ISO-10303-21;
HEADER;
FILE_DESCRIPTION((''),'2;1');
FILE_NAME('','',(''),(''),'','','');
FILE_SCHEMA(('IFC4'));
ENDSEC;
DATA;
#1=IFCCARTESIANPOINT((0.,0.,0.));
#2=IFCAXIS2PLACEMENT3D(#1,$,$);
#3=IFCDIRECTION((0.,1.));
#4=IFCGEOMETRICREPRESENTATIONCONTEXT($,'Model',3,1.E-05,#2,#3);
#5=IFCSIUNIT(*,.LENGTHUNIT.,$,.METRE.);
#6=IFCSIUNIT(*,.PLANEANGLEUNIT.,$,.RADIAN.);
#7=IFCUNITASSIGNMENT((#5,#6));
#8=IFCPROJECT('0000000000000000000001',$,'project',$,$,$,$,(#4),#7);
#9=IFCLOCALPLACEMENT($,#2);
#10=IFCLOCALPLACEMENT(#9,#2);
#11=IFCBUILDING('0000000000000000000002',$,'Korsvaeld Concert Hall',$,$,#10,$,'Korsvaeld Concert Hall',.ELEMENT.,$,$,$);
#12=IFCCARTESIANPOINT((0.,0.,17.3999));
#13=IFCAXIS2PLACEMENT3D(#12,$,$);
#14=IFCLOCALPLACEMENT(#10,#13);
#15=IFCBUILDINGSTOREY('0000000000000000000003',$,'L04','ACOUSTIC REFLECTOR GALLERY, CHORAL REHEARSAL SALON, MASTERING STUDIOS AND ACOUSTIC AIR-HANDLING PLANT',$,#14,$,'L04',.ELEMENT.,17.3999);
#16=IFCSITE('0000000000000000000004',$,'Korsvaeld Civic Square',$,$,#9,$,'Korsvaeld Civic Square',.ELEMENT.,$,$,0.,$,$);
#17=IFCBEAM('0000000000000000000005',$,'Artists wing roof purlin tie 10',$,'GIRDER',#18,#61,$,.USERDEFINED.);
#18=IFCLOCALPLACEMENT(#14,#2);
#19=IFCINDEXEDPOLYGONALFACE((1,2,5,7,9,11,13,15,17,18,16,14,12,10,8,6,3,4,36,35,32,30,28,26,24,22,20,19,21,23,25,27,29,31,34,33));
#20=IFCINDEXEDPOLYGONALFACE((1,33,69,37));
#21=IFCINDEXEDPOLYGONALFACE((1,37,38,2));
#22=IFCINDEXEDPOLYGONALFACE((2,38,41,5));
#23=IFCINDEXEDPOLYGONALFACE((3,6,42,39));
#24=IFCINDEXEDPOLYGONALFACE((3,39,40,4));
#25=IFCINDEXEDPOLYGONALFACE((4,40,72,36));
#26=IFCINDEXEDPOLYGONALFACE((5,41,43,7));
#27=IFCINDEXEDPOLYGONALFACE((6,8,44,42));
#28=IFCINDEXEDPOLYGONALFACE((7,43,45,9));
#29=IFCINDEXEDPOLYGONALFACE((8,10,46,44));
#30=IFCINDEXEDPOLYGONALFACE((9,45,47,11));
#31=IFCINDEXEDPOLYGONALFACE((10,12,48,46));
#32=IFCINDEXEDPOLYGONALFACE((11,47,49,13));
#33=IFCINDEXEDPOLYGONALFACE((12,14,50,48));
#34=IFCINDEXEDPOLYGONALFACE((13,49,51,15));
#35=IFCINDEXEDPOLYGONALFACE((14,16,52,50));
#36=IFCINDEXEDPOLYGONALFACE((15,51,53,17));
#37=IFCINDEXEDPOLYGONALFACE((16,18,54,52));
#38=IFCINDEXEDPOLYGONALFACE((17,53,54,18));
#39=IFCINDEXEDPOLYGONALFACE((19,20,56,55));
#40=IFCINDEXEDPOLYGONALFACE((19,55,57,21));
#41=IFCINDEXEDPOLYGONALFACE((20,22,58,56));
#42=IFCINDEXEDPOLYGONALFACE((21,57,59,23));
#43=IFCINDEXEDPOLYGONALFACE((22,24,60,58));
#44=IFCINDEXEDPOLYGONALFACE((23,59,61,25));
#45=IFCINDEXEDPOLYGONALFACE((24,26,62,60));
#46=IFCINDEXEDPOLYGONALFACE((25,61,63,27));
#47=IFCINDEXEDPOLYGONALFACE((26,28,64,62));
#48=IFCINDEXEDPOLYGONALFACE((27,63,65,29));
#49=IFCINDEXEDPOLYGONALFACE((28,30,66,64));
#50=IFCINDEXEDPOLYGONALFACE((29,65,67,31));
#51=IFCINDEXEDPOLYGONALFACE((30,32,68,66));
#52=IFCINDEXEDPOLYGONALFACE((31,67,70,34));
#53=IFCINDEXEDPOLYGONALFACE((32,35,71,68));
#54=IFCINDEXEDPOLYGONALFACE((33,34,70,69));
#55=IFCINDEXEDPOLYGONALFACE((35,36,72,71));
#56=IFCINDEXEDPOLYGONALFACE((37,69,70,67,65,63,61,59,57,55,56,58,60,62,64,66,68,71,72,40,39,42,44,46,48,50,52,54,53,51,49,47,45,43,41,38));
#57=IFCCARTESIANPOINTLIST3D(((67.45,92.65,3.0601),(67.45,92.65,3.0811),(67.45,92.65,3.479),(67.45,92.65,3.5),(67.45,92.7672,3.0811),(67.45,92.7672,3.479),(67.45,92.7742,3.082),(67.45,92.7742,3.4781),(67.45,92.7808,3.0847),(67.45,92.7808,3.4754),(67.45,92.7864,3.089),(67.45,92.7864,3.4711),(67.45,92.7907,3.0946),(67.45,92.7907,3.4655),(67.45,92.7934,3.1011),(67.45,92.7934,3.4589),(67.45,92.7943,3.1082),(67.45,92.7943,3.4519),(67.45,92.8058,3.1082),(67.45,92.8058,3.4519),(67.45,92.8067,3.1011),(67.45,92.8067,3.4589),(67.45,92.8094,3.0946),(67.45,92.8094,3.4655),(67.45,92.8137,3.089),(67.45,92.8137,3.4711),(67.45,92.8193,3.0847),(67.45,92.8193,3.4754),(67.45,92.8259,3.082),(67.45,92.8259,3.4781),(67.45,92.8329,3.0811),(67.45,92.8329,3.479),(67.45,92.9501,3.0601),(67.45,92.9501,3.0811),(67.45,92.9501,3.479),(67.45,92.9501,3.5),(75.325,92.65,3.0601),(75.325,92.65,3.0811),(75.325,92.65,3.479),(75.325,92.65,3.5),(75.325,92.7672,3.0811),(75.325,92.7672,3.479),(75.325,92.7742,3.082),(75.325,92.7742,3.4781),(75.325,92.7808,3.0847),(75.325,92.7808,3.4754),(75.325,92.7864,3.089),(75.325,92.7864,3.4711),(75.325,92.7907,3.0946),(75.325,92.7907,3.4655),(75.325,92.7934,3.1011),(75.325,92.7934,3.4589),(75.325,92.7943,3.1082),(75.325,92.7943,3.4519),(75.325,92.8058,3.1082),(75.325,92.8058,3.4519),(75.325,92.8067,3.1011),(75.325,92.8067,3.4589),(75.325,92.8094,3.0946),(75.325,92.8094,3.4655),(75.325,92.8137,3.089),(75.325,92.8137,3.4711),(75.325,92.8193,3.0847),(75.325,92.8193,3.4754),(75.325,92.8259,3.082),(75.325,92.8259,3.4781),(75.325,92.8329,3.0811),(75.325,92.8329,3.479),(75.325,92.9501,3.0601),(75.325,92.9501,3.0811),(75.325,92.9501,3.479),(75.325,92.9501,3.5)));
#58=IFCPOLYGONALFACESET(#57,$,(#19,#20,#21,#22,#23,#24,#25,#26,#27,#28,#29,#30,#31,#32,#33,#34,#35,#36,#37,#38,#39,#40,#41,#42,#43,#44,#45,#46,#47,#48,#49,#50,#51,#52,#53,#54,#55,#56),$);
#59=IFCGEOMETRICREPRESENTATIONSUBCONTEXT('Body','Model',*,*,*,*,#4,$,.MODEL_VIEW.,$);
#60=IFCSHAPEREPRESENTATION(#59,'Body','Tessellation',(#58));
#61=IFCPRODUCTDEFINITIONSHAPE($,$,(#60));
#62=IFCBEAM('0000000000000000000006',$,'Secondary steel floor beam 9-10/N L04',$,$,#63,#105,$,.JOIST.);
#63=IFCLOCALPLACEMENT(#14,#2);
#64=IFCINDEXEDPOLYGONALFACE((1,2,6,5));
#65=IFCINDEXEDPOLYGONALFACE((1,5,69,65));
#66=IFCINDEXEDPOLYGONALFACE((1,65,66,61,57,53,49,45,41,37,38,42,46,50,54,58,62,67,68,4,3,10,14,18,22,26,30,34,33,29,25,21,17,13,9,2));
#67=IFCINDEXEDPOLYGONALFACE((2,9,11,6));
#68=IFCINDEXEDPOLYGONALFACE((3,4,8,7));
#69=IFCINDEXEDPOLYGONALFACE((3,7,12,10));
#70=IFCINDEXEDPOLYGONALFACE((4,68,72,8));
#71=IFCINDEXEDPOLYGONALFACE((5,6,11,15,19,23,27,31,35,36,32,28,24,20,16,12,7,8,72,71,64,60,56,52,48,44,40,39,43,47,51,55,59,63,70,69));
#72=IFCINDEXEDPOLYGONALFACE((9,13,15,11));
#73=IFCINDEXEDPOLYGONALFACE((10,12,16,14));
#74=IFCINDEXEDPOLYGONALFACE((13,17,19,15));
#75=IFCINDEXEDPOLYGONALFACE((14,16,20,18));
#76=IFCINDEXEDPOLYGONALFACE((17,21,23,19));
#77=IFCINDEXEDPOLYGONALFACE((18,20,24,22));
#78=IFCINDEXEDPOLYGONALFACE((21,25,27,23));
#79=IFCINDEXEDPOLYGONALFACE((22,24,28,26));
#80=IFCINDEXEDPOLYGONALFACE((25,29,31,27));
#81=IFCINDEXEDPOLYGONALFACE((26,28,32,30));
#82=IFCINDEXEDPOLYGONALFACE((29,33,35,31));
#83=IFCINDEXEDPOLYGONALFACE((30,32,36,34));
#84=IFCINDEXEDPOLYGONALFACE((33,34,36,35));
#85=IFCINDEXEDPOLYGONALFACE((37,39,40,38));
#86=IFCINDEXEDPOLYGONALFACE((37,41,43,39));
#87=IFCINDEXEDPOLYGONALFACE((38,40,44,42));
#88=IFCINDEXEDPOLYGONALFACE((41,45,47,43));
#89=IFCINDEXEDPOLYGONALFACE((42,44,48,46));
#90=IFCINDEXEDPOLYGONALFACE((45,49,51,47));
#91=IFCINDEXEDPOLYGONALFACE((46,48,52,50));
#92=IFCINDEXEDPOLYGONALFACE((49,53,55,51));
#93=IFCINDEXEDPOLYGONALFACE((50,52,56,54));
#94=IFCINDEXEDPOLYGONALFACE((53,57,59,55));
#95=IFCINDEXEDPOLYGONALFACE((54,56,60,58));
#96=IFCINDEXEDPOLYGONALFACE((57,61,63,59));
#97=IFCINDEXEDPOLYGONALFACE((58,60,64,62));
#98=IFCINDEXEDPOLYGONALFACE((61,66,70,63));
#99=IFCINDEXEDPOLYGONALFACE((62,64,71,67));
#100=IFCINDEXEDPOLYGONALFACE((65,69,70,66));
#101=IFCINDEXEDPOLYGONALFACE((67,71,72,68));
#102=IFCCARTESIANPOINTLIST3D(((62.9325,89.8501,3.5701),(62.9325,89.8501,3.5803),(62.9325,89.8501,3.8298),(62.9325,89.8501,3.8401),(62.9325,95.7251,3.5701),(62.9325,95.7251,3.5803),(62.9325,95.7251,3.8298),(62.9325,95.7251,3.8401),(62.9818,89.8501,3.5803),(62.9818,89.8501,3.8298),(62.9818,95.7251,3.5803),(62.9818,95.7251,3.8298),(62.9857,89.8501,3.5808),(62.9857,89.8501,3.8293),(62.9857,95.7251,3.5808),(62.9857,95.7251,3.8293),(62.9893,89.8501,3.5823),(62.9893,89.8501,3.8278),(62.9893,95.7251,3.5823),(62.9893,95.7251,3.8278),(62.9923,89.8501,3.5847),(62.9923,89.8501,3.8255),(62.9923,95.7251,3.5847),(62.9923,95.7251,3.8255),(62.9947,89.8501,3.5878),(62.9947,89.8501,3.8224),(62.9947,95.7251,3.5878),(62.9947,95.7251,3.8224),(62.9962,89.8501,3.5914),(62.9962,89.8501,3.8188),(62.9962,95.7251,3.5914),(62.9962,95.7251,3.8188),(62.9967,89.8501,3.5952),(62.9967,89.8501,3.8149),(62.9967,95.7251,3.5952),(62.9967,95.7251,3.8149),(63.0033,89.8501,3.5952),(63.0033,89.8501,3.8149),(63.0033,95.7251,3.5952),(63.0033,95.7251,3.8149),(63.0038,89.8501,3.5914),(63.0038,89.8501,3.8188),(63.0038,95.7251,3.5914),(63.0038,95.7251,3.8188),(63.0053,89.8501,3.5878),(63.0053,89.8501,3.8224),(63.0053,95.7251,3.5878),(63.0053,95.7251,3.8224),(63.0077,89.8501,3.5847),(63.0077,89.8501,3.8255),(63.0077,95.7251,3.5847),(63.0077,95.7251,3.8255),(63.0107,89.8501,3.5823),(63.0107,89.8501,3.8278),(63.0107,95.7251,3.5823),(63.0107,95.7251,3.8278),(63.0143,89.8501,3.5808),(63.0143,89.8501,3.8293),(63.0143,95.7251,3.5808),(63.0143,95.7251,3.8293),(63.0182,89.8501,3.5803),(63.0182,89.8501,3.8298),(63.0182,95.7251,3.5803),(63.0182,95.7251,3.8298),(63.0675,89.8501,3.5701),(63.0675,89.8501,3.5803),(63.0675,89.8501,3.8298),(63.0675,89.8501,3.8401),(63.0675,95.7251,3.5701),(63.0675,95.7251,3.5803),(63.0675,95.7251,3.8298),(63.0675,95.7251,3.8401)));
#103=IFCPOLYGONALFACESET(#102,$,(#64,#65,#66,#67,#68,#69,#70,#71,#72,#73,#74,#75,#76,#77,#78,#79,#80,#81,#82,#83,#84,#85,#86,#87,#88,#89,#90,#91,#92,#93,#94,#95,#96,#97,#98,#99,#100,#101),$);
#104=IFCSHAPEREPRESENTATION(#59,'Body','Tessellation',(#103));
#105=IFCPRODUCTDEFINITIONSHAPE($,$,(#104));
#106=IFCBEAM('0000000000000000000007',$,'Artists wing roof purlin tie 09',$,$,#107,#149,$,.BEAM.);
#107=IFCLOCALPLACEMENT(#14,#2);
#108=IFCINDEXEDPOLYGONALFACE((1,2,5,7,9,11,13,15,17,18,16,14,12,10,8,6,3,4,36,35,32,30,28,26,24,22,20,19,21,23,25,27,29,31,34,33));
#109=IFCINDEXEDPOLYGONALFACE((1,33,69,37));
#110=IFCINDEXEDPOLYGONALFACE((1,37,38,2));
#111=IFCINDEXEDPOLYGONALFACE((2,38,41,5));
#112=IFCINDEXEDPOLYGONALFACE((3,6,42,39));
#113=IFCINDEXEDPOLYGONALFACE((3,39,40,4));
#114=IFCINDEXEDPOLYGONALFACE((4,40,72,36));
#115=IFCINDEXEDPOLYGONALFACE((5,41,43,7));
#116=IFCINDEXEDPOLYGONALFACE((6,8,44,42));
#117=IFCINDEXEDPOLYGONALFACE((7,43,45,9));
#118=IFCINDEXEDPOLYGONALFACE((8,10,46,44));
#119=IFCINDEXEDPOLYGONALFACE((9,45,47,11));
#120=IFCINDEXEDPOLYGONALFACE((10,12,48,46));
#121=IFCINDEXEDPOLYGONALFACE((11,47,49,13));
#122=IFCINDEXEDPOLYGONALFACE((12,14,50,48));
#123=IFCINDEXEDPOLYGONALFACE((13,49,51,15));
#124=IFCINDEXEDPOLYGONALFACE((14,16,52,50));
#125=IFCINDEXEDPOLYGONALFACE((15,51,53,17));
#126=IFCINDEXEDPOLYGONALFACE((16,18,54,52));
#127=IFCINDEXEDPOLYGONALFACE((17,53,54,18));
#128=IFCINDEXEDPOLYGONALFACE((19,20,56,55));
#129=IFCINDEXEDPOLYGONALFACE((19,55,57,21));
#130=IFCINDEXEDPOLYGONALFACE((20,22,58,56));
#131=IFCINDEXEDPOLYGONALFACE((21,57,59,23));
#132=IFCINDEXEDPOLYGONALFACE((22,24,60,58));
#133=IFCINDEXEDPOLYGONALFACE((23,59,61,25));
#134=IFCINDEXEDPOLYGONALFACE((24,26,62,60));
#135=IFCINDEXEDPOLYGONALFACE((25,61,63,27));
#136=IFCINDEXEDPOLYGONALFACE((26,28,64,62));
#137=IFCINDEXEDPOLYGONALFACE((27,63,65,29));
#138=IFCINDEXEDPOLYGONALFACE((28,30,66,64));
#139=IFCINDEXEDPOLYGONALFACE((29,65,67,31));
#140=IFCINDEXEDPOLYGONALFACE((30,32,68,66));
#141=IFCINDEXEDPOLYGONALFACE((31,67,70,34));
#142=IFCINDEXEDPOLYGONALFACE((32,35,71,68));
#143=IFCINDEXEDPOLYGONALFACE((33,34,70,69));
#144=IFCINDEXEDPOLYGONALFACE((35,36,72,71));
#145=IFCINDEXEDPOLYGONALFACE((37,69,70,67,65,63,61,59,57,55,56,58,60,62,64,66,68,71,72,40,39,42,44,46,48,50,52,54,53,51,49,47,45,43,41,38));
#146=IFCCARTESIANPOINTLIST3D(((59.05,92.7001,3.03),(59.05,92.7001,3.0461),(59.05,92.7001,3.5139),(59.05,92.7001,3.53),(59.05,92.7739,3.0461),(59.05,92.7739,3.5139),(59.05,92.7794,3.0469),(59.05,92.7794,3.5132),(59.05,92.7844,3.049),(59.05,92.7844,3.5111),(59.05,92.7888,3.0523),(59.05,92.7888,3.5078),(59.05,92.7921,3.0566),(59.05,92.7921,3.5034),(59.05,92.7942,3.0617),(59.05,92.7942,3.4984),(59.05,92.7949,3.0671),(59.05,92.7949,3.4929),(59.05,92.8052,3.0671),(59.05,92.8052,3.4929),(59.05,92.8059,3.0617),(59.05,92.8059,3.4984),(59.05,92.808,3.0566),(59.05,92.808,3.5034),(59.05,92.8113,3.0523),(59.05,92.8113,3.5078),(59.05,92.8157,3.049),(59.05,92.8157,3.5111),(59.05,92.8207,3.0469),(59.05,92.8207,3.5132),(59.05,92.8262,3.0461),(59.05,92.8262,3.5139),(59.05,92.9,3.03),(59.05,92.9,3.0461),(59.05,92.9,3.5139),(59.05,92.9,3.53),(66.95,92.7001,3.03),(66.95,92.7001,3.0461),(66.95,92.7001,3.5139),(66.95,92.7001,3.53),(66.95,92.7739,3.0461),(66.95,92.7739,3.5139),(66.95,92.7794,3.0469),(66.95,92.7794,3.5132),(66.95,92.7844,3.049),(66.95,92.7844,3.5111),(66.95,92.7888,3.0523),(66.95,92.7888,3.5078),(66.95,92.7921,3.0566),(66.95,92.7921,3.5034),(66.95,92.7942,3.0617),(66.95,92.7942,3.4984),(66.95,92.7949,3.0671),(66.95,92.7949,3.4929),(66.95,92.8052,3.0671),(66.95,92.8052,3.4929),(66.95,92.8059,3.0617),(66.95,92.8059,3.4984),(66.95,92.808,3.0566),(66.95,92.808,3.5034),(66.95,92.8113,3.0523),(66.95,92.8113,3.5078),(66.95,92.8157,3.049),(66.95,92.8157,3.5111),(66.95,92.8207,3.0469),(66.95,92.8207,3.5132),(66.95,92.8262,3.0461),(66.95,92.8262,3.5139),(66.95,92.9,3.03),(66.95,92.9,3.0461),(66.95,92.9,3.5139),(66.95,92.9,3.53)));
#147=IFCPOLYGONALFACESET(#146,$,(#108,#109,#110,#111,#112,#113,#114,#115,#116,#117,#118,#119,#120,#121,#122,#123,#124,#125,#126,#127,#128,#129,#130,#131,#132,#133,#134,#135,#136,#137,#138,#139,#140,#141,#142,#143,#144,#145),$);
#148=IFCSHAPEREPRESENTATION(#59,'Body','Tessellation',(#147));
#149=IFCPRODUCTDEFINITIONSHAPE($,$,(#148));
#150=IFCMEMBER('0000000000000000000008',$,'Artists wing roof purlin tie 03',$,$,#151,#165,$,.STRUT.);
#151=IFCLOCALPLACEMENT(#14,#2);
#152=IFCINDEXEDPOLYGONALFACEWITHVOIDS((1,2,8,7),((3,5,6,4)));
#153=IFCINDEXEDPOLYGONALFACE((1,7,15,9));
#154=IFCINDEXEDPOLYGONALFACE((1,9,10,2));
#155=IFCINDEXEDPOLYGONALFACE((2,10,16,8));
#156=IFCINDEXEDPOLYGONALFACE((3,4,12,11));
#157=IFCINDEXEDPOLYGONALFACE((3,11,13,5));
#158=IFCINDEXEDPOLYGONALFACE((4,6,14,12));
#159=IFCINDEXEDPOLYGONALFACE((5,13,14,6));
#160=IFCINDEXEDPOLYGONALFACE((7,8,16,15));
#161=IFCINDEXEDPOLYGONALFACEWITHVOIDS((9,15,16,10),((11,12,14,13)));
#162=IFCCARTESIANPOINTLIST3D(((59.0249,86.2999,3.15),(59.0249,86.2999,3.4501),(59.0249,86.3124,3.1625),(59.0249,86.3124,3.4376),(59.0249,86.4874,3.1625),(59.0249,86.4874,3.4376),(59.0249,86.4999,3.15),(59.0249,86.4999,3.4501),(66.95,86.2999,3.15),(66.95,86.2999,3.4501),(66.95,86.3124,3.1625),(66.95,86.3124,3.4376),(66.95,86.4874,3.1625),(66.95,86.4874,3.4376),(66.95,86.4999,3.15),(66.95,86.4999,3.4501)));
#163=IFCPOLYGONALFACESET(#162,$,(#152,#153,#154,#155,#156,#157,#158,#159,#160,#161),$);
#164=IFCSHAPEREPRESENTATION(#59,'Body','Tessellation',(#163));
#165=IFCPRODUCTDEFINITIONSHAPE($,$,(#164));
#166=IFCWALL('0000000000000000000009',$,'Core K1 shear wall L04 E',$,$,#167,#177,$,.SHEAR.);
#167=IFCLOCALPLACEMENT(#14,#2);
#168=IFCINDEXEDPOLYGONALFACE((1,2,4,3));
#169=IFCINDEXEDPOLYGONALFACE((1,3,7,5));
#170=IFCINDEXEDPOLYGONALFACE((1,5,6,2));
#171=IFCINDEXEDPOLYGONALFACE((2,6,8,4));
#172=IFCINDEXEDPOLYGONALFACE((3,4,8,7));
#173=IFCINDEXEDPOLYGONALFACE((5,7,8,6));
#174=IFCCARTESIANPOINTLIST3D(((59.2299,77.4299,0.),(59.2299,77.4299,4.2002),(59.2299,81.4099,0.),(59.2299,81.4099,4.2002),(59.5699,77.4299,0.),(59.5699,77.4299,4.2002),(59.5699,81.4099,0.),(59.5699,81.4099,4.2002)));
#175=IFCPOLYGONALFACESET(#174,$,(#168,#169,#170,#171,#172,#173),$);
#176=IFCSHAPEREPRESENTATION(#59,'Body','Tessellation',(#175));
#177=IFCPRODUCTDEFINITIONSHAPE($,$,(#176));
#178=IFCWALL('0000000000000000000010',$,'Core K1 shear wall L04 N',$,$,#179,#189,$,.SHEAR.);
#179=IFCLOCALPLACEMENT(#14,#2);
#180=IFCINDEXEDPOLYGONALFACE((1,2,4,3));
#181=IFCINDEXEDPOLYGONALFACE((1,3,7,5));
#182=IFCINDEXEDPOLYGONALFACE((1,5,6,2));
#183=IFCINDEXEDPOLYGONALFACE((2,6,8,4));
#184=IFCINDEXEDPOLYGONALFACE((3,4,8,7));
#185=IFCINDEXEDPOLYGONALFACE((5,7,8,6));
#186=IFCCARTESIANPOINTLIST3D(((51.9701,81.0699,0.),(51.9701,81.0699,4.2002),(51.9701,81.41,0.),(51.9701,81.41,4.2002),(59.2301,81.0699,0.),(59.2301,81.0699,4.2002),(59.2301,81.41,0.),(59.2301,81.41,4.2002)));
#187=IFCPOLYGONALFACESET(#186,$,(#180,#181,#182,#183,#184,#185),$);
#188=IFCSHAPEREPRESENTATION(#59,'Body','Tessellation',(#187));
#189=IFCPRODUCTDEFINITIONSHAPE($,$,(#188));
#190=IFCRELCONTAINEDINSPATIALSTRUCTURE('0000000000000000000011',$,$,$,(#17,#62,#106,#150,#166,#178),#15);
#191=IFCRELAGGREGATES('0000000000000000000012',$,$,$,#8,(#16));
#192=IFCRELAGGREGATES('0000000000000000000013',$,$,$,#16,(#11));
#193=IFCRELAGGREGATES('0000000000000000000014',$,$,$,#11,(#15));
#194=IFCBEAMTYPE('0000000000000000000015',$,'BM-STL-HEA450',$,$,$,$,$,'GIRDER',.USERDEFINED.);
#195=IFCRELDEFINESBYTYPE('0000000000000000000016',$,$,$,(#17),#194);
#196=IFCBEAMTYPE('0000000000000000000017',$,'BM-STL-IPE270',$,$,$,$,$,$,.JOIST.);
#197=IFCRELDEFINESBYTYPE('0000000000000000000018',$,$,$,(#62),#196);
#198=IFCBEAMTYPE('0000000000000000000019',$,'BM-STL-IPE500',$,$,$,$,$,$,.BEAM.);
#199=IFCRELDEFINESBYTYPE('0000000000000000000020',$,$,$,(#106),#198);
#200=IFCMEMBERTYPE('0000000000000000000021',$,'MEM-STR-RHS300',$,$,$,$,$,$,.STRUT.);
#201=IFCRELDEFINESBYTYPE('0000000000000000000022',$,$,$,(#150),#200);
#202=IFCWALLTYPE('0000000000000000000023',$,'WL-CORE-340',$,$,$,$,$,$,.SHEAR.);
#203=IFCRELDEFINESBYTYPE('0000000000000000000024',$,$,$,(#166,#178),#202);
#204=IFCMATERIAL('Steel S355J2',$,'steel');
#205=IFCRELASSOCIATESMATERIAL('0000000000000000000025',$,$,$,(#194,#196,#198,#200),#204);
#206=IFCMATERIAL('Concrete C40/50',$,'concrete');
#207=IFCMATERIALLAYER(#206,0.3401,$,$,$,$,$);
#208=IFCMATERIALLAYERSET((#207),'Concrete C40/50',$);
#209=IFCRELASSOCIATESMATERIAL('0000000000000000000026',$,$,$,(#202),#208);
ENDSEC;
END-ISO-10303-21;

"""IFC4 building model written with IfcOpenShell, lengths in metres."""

from ifc_helpers import new_model, si_unit, direction, frame, frame_2d, origin, origin_2d, place, context, subcontext, project, spatial, rectangle, hollow_rectangle, i_section, extrude, material, layer, layer_set, material_profile, profile_set, type_object, element, save


model = new_model("IFC4")

# Units and contexts
model_context = context("Model", 3, precision=1e-05, world=origin(), true_north=direction((0.0, 1.0)))
body_context = subcontext(model_context, "Body", "Model", "MODEL_VIEW")
ifc_project = project(units=[si_unit("LENGTHUNIT", "METRE"), si_unit("PLANEANGLEUNIT", "RADIAN")], contexts=[model_context])

# Site, building, storey
site_placement = place(None, origin())
site = spatial("IfcSite", under=ifc_project, at=site_placement, Name="Korsvaeld Civic Square", LongName="Korsvaeld Civic Square", CompositionType="ELEMENT", RefElevation=0.0)
building_placement = place(site_placement, origin())
building = spatial("IfcBuilding", under=site, at=building_placement, Name="Korsvaeld Concert Hall", LongName="Korsvaeld Concert Hall", CompositionType="ELEMENT")
storey_placement = place(building_placement, frame((0.0, 0.0, 17.3999)))
storey = spatial("IfcBuildingStorey", under=building, at=storey_placement, Name="L04", Description="ACOUSTIC REFLECTOR GALLERY, CHORAL REHEARSAL SALON, MASTERING STUDIOS AND ACOUSTIC AIR-HANDLING PLANT", LongName="L04", CompositionType="ELEMENT", Elevation=17.3999)

# Shared definitions
ifc_material_1 = material(Name="Concrete C40/50", Category="concrete")

# Beams
ifc_material_2 = material(Name="Steel S355J2", Category="steel")
ifc_material_profile_1 = material_profile(ifc_material_2, i_section(OverallWidth=0.3, OverallDepth=0.4399, WebThickness=0.0115, FlangeThickness=0.021, FilletRadius=0.0271, at=origin_2d()), Name="HEA 450")
ifc_profile_set_1 = profile_set([ifc_material_profile_1], Name="Steel S355J2")
beam_type_1 = type_object("IfcBeamType", Name="BM-STL-HEA450", ElementType="GIRDER", PredefinedType="USERDEFINED", material=ifc_profile_set_1)
beam_1_placement = place(storey_placement, frame((67.45, 92.8, 3.28), z_axis=(1.0, 0.0, 0.0), x_axis=(0.0, 1.0, 0.0)))
element("IfcBeam", 1, at=beam_1_placement, inside=storey, type_object=beam_type_1, Name="Artists wing roof purlin tie 10", ObjectType="GIRDER", PredefinedType="USERDEFINED", context=body_context, shape_type="SweptSolid", body=[
    extrude(i_section(OverallWidth=0.3, OverallDepth=0.4399, WebThickness=0.0115, FlangeThickness=0.021, FilletRadius=0.0271, at=origin_2d()), origin(), (0.0, 0.0, 1.0), 7.875),
])
ifc_material_profile_2 = material_profile(ifc_material_2, i_section(OverallWidth=0.135, OverallDepth=0.27, WebThickness=0.0066, FlangeThickness=0.0103, FilletRadius=0.0149, at=origin_2d()), Name="IPE 270")
ifc_profile_set_2 = profile_set([ifc_material_profile_2], Name="Steel S355J2")
beam_type_2 = type_object("IfcBeamType", Name="BM-STL-IPE270", PredefinedType="JOIST", material=ifc_profile_set_2)
beam_2_placement = place(storey_placement, frame((63.0, 89.8501, 3.7051), z_axis=(0.0, 1.0, 0.0), x_axis=(-1.0, 0.0, 0.0)))
element("IfcBeam", 2, at=beam_2_placement, inside=storey, type_object=beam_type_2, Name="Secondary steel floor beam 9-10/N L04", PredefinedType="JOIST", context=body_context, shape_type="SweptSolid", body=[
    extrude(i_section(OverallWidth=0.135, OverallDepth=0.27, WebThickness=0.0066, FlangeThickness=0.0103, FilletRadius=0.0149, at=origin_2d()), origin(), (0.0, 0.0, 1.0), 5.875),
])
ifc_material_profile_3 = material_profile(ifc_material_2, i_section(OverallWidth=0.2, OverallDepth=0.5, WebThickness=0.0103, FlangeThickness=0.0161, FilletRadius=0.021, at=origin_2d()), Name="IPE 500")
ifc_profile_set_3 = profile_set([ifc_material_profile_3], Name="Steel S355J2")
beam_type_3 = type_object("IfcBeamType", Name="BM-STL-IPE500", PredefinedType="BEAM", material=ifc_profile_set_3)
beam_3_placement = place(storey_placement, frame((59.05, 92.8, 3.28), z_axis=(1.0, 0.0, 0.0), x_axis=(0.0, 1.0, 0.0)))
element("IfcBeam", 3, at=beam_3_placement, inside=storey, type_object=beam_type_3, Name="Artists wing roof purlin tie 09", PredefinedType="BEAM", context=body_context, shape_type="SweptSolid", body=[
    extrude(i_section(OverallWidth=0.2, OverallDepth=0.5, WebThickness=0.0103, FlangeThickness=0.0161, FilletRadius=0.021, at=origin_2d()), origin(), (0.0, 0.0, 1.0), 7.8999),
])

# Member
ifc_material_profile_4 = material_profile(ifc_material_2, hollow_rectangle(XDim=0.2, YDim=0.3, WallThickness=0.0125, at=origin_2d()), Name="RHS 300x200x12.5")
ifc_profile_set_4 = profile_set([ifc_material_profile_4], Name="Steel S355J2")
member_type = type_object("IfcMemberType", Name="MEM-STR-RHS300", PredefinedType="STRUT", material=ifc_profile_set_4)
member_placement = place(storey_placement, frame((59.0249, 86.3999, 3.3), z_axis=(1.0, 0.0, 0.0), x_axis=(0.0, 1.0, 0.0)))
element("IfcMember", 4, at=member_placement, inside=storey, type_object=member_type, Name="Artists wing roof purlin tie 03", PredefinedType="STRUT", context=body_context, shape_type="SweptSolid", body=[
    extrude(hollow_rectangle(XDim=0.2, YDim=0.3, WallThickness=0.0125, at=origin_2d()), origin(), (0.0, 0.0, 1.0), 7.925),
])

# Walls
ifc_layer_1 = layer(ifc_material_1, 0.3401)
ifc_layer_set_1 = layer_set([ifc_layer_1], Name="Concrete C40/50")
wall_type_1 = type_object("IfcWallType", Name="WL-CORE-340", PredefinedType="SHEAR", material=ifc_layer_set_1)
wall_1_placement = place(storey_placement, frame((59.3999, 77.4299, 0.0), z_axis=(0.0, 0.0, 1.0), x_axis=(0.0, 1.0, 0.0)))
element("IfcWall", 5, at=wall_1_placement, inside=storey, type_object=wall_type_1, Name="Core K1 shear wall L04 E", PredefinedType="SHEAR", context=body_context, shape_type="SweptSolid", body=[
    extrude(rectangle(XDim=3.98, YDim=0.3401, at=frame_2d((1.99, 0.0))), origin(), (0.0, 0.0, 1.0), 4.2002),
])
wall_2_placement = place(storey_placement, frame((59.23, 81.24, 0.0), z_axis=(0.0, 0.0, 1.0), x_axis=(-1.0, 0.0, 0.0)))
element("IfcWall", 6, at=wall_2_placement, inside=storey, type_object=wall_type_1, Name="Core K1 shear wall L04 N", PredefinedType="SHEAR", context=body_context, shape_type="SweptSolid", body=[
    extrude(rectangle(XDim=7.26, YDim=0.3401, at=frame_2d((3.6299, 0.0))), origin(), (0.0, 0.0, 1.0), 4.2002),
])

save(model, "model.ifc")
